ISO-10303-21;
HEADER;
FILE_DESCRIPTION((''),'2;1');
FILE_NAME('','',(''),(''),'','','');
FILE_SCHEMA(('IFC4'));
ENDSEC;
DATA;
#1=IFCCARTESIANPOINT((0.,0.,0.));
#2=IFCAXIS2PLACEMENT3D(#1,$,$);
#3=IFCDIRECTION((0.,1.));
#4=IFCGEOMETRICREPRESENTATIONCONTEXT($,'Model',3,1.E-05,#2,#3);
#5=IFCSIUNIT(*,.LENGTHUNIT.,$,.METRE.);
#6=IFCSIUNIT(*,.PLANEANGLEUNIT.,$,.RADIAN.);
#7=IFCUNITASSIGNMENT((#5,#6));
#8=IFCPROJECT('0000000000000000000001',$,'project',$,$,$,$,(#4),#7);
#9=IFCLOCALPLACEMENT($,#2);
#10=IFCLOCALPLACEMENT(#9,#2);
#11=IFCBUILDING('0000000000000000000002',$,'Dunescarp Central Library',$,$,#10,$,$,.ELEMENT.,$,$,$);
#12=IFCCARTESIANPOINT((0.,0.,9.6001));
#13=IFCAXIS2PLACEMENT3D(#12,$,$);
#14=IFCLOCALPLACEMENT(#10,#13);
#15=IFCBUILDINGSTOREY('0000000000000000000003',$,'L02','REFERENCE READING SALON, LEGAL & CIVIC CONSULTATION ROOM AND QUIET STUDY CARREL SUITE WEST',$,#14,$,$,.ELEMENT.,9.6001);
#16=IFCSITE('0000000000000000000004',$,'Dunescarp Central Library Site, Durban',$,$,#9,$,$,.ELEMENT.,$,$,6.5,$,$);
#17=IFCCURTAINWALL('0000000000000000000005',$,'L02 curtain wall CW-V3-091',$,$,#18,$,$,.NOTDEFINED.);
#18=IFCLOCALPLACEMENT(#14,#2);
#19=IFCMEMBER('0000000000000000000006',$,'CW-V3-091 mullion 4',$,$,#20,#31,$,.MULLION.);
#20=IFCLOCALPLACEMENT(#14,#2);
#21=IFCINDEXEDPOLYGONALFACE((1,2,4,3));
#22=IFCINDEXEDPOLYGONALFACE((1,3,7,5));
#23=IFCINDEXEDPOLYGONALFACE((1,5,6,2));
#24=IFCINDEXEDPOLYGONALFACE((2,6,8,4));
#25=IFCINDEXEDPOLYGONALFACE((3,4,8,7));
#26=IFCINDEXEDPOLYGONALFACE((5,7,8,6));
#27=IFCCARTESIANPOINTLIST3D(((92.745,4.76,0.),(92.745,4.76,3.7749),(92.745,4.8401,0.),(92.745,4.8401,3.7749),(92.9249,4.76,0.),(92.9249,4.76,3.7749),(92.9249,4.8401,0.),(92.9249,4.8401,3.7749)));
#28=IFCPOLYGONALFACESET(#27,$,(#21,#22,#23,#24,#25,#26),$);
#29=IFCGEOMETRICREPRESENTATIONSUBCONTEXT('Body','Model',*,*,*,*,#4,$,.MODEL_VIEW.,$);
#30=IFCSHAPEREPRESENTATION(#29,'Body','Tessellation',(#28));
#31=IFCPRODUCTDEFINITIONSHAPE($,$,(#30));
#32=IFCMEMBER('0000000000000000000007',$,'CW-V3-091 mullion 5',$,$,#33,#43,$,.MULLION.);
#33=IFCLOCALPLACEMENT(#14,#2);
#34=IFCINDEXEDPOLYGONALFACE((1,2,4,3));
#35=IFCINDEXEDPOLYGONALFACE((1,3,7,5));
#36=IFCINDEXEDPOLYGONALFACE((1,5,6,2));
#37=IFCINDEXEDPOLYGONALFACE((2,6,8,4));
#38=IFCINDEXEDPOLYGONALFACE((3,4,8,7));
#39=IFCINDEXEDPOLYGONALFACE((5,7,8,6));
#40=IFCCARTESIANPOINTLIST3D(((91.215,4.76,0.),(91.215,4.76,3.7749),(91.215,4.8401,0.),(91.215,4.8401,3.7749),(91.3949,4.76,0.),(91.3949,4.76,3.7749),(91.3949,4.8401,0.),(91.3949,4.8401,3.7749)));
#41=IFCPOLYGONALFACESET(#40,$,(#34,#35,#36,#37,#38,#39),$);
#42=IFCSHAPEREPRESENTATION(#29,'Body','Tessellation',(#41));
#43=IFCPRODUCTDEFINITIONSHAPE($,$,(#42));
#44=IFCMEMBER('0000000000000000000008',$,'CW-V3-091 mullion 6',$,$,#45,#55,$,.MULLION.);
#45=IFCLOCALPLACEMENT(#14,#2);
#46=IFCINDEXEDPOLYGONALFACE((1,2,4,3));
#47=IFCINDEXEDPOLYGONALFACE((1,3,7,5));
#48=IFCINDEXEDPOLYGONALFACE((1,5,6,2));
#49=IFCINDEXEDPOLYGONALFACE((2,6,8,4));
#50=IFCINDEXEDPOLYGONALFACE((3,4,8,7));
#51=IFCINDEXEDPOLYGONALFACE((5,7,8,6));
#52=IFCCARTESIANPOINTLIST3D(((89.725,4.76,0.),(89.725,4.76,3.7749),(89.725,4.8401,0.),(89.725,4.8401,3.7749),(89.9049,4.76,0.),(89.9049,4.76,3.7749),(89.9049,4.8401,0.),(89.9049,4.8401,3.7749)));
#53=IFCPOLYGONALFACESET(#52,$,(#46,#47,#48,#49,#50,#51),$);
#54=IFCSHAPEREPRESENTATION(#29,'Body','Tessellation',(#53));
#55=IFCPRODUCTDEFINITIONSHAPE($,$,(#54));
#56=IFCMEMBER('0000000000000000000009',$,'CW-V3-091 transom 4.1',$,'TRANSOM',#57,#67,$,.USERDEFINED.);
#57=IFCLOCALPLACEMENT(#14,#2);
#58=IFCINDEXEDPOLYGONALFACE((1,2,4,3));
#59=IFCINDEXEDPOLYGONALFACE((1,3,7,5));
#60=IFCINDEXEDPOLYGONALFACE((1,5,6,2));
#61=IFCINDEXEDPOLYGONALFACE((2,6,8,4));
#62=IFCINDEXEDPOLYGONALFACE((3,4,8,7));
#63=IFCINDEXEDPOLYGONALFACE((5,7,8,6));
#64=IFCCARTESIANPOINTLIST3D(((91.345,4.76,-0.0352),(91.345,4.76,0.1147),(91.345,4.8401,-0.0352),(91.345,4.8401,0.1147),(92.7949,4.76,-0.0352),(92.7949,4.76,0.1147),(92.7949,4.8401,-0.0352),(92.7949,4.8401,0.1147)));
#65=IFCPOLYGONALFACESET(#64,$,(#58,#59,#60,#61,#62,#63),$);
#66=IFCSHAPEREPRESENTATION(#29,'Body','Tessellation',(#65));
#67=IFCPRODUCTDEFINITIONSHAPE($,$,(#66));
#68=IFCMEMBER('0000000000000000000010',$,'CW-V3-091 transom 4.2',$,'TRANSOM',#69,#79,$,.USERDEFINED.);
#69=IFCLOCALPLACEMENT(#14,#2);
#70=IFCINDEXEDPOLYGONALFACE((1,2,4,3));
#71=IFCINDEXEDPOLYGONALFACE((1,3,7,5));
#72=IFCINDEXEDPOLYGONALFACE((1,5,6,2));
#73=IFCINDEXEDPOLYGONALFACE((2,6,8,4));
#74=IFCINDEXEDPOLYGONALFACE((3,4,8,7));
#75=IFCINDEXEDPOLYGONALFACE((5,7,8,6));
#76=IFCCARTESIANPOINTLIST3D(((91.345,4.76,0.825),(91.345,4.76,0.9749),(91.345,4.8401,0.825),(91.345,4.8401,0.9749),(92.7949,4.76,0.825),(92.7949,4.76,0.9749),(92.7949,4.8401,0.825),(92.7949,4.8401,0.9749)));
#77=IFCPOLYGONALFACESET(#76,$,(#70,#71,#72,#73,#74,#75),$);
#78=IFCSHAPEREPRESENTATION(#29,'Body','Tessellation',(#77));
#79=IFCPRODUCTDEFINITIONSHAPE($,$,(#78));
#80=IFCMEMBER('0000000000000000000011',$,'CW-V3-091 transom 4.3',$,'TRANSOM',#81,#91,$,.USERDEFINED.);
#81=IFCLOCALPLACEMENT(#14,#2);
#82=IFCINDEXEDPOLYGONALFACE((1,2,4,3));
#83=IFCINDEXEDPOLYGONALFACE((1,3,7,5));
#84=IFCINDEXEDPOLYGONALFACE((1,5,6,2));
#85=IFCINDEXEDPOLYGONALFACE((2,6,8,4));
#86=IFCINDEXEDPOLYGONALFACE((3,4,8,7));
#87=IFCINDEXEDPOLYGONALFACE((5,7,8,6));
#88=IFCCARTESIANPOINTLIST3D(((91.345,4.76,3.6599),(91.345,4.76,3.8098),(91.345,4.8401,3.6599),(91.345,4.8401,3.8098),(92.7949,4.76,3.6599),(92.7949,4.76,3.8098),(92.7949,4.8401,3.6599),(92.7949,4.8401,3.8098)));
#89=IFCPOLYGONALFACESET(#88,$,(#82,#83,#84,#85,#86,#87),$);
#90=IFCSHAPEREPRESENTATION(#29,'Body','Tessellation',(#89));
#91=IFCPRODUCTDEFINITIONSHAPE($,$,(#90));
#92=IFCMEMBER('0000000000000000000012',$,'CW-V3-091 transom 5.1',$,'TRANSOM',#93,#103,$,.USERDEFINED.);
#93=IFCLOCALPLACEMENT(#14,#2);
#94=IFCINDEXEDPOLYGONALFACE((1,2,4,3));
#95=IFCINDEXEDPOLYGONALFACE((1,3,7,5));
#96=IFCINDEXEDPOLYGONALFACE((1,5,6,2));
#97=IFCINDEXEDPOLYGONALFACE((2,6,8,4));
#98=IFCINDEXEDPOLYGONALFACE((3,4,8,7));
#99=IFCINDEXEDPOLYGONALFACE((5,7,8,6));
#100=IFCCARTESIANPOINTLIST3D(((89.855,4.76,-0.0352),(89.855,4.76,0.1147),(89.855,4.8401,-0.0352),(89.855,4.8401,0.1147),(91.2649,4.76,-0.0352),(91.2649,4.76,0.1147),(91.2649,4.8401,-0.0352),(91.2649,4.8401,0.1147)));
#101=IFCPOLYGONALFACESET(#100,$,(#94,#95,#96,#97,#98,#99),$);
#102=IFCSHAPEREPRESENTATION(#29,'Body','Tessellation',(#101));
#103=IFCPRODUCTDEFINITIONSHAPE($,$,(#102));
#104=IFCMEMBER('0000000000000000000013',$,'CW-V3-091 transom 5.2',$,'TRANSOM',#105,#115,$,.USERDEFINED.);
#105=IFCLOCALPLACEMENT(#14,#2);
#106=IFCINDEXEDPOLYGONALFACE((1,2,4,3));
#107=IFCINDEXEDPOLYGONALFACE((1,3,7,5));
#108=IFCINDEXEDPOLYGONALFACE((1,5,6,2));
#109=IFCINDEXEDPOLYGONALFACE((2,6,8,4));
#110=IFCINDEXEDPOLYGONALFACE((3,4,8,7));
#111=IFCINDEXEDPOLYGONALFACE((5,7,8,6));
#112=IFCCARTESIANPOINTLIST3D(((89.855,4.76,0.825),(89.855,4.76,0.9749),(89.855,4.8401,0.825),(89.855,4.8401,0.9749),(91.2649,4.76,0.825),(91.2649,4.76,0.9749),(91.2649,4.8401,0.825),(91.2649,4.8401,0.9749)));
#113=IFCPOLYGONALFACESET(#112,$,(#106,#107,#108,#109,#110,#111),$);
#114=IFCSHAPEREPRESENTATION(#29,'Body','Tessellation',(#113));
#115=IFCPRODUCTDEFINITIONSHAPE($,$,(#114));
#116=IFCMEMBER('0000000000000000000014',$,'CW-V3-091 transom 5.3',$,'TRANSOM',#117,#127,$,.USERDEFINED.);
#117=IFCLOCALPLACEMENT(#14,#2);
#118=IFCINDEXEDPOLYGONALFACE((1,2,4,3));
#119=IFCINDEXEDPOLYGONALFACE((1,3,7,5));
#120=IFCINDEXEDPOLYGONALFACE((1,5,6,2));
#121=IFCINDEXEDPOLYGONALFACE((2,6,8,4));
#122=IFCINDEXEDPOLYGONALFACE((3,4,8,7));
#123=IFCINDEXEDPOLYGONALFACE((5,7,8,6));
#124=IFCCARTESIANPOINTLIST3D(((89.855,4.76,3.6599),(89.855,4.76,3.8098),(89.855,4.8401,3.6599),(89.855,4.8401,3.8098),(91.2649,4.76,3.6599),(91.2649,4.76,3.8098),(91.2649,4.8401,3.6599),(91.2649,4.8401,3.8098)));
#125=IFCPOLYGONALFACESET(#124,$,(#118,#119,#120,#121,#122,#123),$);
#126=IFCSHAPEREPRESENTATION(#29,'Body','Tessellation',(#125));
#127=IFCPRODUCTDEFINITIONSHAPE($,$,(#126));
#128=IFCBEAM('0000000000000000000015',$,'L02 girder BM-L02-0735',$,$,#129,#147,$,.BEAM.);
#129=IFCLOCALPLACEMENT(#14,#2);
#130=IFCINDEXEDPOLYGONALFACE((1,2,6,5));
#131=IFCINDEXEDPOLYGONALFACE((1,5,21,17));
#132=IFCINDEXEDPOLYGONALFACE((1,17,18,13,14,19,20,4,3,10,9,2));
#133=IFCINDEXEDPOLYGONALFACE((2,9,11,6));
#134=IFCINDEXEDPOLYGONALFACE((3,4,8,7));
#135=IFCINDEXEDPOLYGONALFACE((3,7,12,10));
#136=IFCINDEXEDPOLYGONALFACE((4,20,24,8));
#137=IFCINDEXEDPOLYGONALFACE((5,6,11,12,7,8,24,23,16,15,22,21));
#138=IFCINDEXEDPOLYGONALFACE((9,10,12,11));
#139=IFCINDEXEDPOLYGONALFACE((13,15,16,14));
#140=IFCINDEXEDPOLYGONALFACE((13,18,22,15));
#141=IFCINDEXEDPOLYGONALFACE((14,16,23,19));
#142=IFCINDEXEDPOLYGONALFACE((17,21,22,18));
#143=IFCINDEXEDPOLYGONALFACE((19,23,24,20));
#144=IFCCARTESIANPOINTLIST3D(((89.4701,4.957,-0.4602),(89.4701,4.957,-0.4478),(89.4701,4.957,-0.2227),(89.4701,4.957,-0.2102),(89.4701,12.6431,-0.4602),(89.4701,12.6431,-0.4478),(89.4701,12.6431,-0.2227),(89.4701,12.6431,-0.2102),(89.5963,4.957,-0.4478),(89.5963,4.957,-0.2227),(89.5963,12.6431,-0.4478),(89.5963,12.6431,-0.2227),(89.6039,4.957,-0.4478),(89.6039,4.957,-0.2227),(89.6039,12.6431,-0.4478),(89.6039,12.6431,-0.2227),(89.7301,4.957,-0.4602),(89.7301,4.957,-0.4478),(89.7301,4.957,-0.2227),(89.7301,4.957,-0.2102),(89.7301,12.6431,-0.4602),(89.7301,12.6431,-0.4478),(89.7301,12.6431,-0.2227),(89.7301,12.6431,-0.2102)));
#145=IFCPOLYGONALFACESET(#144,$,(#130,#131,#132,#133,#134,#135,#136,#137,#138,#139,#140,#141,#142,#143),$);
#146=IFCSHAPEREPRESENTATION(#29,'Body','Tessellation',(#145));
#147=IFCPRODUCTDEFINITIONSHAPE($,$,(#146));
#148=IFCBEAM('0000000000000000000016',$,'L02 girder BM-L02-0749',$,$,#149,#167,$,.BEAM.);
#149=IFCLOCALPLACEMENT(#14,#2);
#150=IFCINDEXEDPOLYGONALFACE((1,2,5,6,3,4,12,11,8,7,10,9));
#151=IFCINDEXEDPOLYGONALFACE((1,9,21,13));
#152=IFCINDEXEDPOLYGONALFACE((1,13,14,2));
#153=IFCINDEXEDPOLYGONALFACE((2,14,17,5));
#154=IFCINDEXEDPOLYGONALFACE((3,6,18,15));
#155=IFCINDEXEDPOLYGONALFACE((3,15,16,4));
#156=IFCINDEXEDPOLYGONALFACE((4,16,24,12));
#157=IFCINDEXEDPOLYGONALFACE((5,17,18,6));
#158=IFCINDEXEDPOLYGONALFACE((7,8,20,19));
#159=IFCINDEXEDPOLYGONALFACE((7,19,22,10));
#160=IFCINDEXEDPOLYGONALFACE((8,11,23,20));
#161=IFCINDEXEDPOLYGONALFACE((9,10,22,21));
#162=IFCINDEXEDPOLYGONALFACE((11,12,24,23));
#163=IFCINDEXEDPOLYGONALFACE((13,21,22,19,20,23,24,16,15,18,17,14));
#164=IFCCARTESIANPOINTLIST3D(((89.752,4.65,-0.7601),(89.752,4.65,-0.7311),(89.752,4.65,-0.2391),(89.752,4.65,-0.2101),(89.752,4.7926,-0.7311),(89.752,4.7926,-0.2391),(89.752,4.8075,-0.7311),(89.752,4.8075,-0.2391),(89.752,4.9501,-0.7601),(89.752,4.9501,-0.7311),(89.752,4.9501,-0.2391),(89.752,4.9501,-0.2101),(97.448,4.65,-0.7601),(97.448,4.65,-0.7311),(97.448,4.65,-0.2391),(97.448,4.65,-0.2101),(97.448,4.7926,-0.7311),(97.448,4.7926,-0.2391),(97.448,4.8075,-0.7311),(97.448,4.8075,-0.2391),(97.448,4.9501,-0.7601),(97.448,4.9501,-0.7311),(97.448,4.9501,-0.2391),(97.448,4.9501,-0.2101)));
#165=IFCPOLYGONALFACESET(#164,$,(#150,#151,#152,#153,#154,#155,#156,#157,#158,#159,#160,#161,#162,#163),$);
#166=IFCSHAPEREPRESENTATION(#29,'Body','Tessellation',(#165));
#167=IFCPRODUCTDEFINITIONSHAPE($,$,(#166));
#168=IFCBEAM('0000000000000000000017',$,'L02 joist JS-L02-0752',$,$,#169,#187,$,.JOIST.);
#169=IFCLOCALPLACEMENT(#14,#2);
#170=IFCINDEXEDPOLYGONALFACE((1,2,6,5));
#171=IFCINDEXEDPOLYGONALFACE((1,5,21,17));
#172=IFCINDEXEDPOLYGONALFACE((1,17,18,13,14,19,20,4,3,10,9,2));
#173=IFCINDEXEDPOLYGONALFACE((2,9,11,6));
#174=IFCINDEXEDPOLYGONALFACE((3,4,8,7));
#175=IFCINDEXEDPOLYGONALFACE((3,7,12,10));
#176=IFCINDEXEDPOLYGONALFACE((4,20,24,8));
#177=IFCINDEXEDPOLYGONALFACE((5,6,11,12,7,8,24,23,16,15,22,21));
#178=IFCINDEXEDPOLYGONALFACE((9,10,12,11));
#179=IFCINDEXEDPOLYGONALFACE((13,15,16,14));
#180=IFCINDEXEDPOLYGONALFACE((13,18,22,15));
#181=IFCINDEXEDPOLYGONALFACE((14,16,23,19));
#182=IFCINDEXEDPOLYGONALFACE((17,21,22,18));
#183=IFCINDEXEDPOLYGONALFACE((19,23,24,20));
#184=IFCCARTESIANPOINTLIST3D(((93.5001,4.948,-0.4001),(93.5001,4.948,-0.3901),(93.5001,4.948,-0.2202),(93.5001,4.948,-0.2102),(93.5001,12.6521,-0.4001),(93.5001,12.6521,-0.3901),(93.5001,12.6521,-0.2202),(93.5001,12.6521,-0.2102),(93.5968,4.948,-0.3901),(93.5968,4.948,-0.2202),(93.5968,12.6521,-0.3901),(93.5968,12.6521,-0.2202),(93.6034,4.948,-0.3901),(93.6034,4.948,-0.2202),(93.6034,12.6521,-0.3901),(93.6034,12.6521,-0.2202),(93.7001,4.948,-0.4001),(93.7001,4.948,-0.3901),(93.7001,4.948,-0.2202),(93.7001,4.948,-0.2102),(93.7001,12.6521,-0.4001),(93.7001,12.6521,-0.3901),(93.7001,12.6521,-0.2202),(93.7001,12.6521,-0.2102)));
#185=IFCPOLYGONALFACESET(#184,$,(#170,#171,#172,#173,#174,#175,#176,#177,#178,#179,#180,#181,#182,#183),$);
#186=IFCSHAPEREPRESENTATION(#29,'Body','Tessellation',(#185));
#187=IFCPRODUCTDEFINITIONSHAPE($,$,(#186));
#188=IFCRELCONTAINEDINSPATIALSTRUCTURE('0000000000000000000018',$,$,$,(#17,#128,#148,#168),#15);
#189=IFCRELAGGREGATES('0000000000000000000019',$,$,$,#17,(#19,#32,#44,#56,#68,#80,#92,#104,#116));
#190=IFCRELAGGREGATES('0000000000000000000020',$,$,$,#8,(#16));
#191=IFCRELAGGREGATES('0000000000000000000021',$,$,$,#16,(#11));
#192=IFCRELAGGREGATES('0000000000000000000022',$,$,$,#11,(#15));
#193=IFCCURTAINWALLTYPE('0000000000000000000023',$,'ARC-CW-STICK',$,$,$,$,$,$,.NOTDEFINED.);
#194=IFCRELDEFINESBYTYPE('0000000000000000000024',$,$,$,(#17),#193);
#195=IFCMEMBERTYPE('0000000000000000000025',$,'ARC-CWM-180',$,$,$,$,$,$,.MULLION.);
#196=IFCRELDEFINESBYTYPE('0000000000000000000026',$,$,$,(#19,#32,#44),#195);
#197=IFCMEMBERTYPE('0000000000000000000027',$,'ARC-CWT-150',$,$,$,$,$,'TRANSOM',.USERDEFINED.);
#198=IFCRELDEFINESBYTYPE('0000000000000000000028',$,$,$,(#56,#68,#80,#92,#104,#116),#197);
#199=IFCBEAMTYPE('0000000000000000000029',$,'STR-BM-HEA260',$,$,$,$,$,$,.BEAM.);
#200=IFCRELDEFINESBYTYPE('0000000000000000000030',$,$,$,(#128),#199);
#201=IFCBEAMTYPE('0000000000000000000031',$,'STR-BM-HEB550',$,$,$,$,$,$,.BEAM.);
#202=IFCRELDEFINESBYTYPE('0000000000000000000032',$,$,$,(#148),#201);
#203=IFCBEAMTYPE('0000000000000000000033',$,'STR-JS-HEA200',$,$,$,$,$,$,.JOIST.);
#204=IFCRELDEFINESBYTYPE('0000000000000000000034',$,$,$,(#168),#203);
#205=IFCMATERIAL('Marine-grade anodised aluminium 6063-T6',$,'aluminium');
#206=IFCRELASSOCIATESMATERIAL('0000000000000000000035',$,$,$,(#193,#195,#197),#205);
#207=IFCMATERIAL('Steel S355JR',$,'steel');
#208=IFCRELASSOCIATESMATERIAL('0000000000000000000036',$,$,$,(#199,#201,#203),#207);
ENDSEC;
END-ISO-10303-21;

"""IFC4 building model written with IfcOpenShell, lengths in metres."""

from ifc_helpers import new_model, si_unit, direction, frame, origin, origin_2d, place, context, subcontext, project, spatial, rectangle, i_section, extrude, material, material_profile, profile_set, type_object, element, aggregate, save


model = new_model("IFC4")

# Units and contexts
model_context = context("Model", 3, precision=1e-05, world=origin(), true_north=direction((0.0, 1.0)))
body_context = subcontext(model_context, "Body", "Model", "MODEL_VIEW")
ifc_project = project(units=[si_unit("LENGTHUNIT", "METRE"), si_unit("PLANEANGLEUNIT", "RADIAN")], contexts=[model_context])

# Site, building, storey
site_placement = place(None, origin())
site = spatial("IfcSite", under=ifc_project, at=site_placement, Name="Dunescarp Central Library Site, Durban", CompositionType="ELEMENT", RefElevation=6.5)
building_placement = place(site_placement, origin())
building = spatial("IfcBuilding", under=site, at=building_placement, Name="Dunescarp Central Library", CompositionType="ELEMENT")
storey_placement = place(building_placement, frame((0.0, 0.0, 9.6001)))
storey = spatial("IfcBuildingStorey", under=building, at=storey_placement, Name="L02", Description="REFERENCE READING SALON, LEGAL & CIVIC CONSULTATION ROOM AND QUIET STUDY CARREL SUITE WEST", CompositionType="ELEMENT", Elevation=9.6001)

# Curtain wall, members
ifc_material_1 = material(Name="Marine-grade anodised aluminium 6063-T6", Category="aluminium")
curtain_wall_type = type_object("IfcCurtainWallType", Name="ARC-CW-STICK", PredefinedType="NOTDEFINED", material=ifc_material_1)
curtain_wall_placement = place(storey_placement, origin())
curtain_wall = element("IfcCurtainWall", 1, at=curtain_wall_placement, inside=storey, type_object=curtain_wall_type, Name="L02 curtain wall CW-V3-091", PredefinedType="NOTDEFINED")
ifc_material_profile_1 = material_profile(ifc_material_1, rectangle(XDim=0.0801, YDim=0.1799, at=origin_2d()), Name="AL 80x180")
ifc_profile_set_1 = profile_set([ifc_material_profile_1], Name="Marine-grade anodised aluminium 6063-T6")
member_type_1 = type_object("IfcMemberType", Name="ARC-CWM-180", PredefinedType="MULLION", material=ifc_profile_set_1)
member_1_placement = place(storey_placement, frame((92.835, 4.8, 0.0), z_axis=(0.0, 0.0, 1.0), x_axis=(0.0, -1.0, 0.0)))
member_1 = element("IfcMember", 2, at=member_1_placement, type_object=member_type_1, Name="CW-V3-091 mullion 4", PredefinedType="MULLION", context=body_context, shape_type="SweptSolid", body=[
    extrude(rectangle(XDim=0.0801, YDim=0.1799, at=origin_2d()), origin(), (0.0, 0.0, 1.0), 3.7749),
])
member_2_placement = place(storey_placement, frame((91.3049, 4.8, 0.0), z_axis=(0.0, 0.0, 1.0), x_axis=(0.0, -1.0, 0.0)))
member_2 = element("IfcMember", 3, at=member_2_placement, type_object=member_type_1, Name="CW-V3-091 mullion 5", PredefinedType="MULLION", context=body_context, shape_type="SweptSolid", body=[
    extrude(rectangle(XDim=0.0801, YDim=0.1799, at=origin_2d()), origin(), (0.0, 0.0, 1.0), 3.7749),
])
member_3_placement = place(storey_placement, frame((89.8149, 4.8, 0.0), z_axis=(0.0, 0.0, 1.0), x_axis=(0.0, -1.0, 0.0)))
member_3 = element("IfcMember", 4, at=member_3_placement, type_object=member_type_1, Name="CW-V3-091 mullion 6", PredefinedType="MULLION", context=body_context, shape_type="SweptSolid", body=[
    extrude(rectangle(XDim=0.0801, YDim=0.1799, at=origin_2d()), origin(), (0.0, 0.0, 1.0), 3.7749),
])
ifc_material_profile_2 = material_profile(ifc_material_1, rectangle(XDim=0.0801, YDim=0.1499, at=origin_2d()), Name="AL 80x150")
ifc_profile_set_2 = profile_set([ifc_material_profile_2], Name="Marine-grade anodised aluminium 6063-T6")
member_type_2 = type_object("IfcMemberType", Name="ARC-CWT-150", ElementType="TRANSOM", PredefinedType="USERDEFINED", material=ifc_profile_set_2)
member_4_placement = place(storey_placement, frame((92.7949, 4.8, 0.0398), z_axis=(-1.0, 0.0, 0.0), x_axis=(0.0, -1.0, 0.0)))
member_4 = element("IfcMember", 5, at=member_4_placement, type_object=member_type_2, Name="CW-V3-091 transom 4.1", ObjectType="TRANSOM", PredefinedType="USERDEFINED", context=body_context, shape_type="SweptSolid", body=[
    extrude(rectangle(XDim=0.0801, YDim=0.1499, at=origin_2d()), origin(), (0.0, 0.0, 1.0), 1.45),
])
member_5_placement = place(storey_placement, frame((92.7949, 4.8, 0.8999), z_axis=(-1.0, 0.0, 0.0), x_axis=(0.0, -1.0, 0.0)))
member_5 = element("IfcMember", 6, at=member_5_placement, type_object=member_type_2, Name="CW-V3-091 transom 4.2", ObjectType="TRANSOM", PredefinedType="USERDEFINED", context=body_context, shape_type="SweptSolid", body=[
    extrude(rectangle(XDim=0.0801, YDim=0.1499, at=origin_2d()), origin(), (0.0, 0.0, 1.0), 1.45),
])
member_6_placement = place(storey_placement, frame((92.7949, 4.8, 3.7349), z_axis=(-1.0, 0.0, 0.0), x_axis=(0.0, -1.0, 0.0)))
member_6 = element("IfcMember", 7, at=member_6_placement, type_object=member_type_2, Name="CW-V3-091 transom 4.3", ObjectType="TRANSOM", PredefinedType="USERDEFINED", context=body_context, shape_type="SweptSolid", body=[
    extrude(rectangle(XDim=0.0801, YDim=0.1499, at=origin_2d()), origin(), (0.0, 0.0, 1.0), 1.45),
])
member_7_placement = place(storey_placement, frame((91.2649, 4.8, 0.0398), z_axis=(-1.0, 0.0, 0.0), x_axis=(0.0, -1.0, 0.0)))
member_7 = element("IfcMember", 8, at=member_7_placement, type_object=member_type_2, Name="CW-V3-091 transom 5.1", ObjectType="TRANSOM", PredefinedType="USERDEFINED", context=body_context, shape_type="SweptSolid", body=[
    extrude(rectangle(XDim=0.0801, YDim=0.1499, at=origin_2d()), origin(), (0.0, 0.0, 1.0), 1.4099),
])
member_8_placement = place(storey_placement, frame((91.2649, 4.8, 0.8999), z_axis=(-1.0, 0.0, 0.0), x_axis=(0.0, -1.0, 0.0)))
member_8 = element("IfcMember", 9, at=member_8_placement, type_object=member_type_2, Name="CW-V3-091 transom 5.2", ObjectType="TRANSOM", PredefinedType="USERDEFINED", context=body_context, shape_type="SweptSolid", body=[
    extrude(rectangle(XDim=0.0801, YDim=0.1499, at=origin_2d()), origin(), (0.0, 0.0, 1.0), 1.4099),
])
member_9_placement = place(storey_placement, frame((91.2649, 4.8, 3.7349), z_axis=(-1.0, 0.0, 0.0), x_axis=(0.0, -1.0, 0.0)))
member_9 = element("IfcMember", 10, at=member_9_placement, type_object=member_type_2, Name="CW-V3-091 transom 5.3", ObjectType="TRANSOM", PredefinedType="USERDEFINED", context=body_context, shape_type="SweptSolid", body=[
    extrude(rectangle(XDim=0.0801, YDim=0.1499, at=origin_2d()), origin(), (0.0, 0.0, 1.0), 1.4099),
])

# Beams
ifc_material_2 = material(Name="Steel S355JR", Category="steel")
ifc_material_profile_3 = material_profile(ifc_material_2, i_section(OverallWidth=0.26, OverallDepth=0.25, WebThickness=0.0076, FlangeThickness=0.0125, at=origin_2d()), Name="HEA 260")
ifc_profile_set_3 = profile_set([ifc_material_profile_3], Name="Steel S355JR")
beam_type_1 = type_object("IfcBeamType", Name="STR-BM-HEA260", PredefinedType="BEAM", material=ifc_profile_set_3)
beam_1_placement = place(storey_placement, frame((89.6001, 4.957, -0.3352), z_axis=(0.0, 1.0, 0.0), x_axis=(-1.0, 0.0, 0.0)))
element("IfcBeam", 11, at=beam_1_placement, inside=storey, type_object=beam_type_1, Name="L02 girder BM-L02-0735", PredefinedType="BEAM", context=body_context, shape_type="SweptSolid", body=[
    extrude(i_section(OverallWidth=0.26, OverallDepth=0.25, WebThickness=0.0076, FlangeThickness=0.0125, at=origin_2d()), origin(), (0.0, 0.0, 1.0), 7.686),
])
ifc_material_profile_4 = material_profile(ifc_material_2, i_section(OverallWidth=0.3, OverallDepth=0.55, WebThickness=0.0149, FlangeThickness=0.0291, at=origin_2d()), Name="HEB 550")
ifc_profile_set_4 = profile_set([ifc_material_profile_4], Name="Steel S355JR")
beam_type_2 = type_object("IfcBeamType", Name="STR-BM-HEB550", PredefinedType="BEAM", material=ifc_profile_set_4)
beam_2_placement = place(storey_placement, frame((89.752, 4.8, -0.4851), z_axis=(1.0, 0.0, 0.0), x_axis=(0.0, 1.0, 0.0)))
element("IfcBeam", 12, at=beam_2_placement, inside=storey, type_object=beam_type_2, Name="L02 girder BM-L02-0749", PredefinedType="BEAM", context=body_context, shape_type="SweptSolid", body=[
    extrude(i_section(OverallWidth=0.3, OverallDepth=0.55, WebThickness=0.0149, FlangeThickness=0.0291, at=origin_2d()), origin(), (0.0, 0.0, 1.0), 7.696),
])
ifc_material_profile_5 = material_profile(ifc_material_2, i_section(OverallWidth=0.2, OverallDepth=0.1899, WebThickness=0.0066, FlangeThickness=0.01, at=origin_2d()), Name="HEA 200")
ifc_profile_set_5 = profile_set([ifc_material_profile_5], Name="Steel S355JR")
beam_type_3 = type_object("IfcBeamType", Name="STR-JS-HEA200", PredefinedType="JOIST", material=ifc_profile_set_5)
beam_3_placement = place(storey_placement, frame((93.6001, 4.948, -0.3052), z_axis=(0.0, 1.0, 0.0), x_axis=(-1.0, 0.0, 0.0)))
element("IfcBeam", 13, at=beam_3_placement, inside=storey, type_object=beam_type_3, Name="L02 joist JS-L02-0752", PredefinedType="JOIST", context=body_context, shape_type="SweptSolid", body=[
    extrude(i_section(OverallWidth=0.2, OverallDepth=0.1899, WebThickness=0.0066, FlangeThickness=0.01, at=origin_2d()), origin(), (0.0, 0.0, 1.0), 7.7041),
])

aggregate(curtain_wall, [member_1, member_2, member_3, member_4, member_5, member_6, member_7, member_8, member_9])

save(model, "model.ifc")
